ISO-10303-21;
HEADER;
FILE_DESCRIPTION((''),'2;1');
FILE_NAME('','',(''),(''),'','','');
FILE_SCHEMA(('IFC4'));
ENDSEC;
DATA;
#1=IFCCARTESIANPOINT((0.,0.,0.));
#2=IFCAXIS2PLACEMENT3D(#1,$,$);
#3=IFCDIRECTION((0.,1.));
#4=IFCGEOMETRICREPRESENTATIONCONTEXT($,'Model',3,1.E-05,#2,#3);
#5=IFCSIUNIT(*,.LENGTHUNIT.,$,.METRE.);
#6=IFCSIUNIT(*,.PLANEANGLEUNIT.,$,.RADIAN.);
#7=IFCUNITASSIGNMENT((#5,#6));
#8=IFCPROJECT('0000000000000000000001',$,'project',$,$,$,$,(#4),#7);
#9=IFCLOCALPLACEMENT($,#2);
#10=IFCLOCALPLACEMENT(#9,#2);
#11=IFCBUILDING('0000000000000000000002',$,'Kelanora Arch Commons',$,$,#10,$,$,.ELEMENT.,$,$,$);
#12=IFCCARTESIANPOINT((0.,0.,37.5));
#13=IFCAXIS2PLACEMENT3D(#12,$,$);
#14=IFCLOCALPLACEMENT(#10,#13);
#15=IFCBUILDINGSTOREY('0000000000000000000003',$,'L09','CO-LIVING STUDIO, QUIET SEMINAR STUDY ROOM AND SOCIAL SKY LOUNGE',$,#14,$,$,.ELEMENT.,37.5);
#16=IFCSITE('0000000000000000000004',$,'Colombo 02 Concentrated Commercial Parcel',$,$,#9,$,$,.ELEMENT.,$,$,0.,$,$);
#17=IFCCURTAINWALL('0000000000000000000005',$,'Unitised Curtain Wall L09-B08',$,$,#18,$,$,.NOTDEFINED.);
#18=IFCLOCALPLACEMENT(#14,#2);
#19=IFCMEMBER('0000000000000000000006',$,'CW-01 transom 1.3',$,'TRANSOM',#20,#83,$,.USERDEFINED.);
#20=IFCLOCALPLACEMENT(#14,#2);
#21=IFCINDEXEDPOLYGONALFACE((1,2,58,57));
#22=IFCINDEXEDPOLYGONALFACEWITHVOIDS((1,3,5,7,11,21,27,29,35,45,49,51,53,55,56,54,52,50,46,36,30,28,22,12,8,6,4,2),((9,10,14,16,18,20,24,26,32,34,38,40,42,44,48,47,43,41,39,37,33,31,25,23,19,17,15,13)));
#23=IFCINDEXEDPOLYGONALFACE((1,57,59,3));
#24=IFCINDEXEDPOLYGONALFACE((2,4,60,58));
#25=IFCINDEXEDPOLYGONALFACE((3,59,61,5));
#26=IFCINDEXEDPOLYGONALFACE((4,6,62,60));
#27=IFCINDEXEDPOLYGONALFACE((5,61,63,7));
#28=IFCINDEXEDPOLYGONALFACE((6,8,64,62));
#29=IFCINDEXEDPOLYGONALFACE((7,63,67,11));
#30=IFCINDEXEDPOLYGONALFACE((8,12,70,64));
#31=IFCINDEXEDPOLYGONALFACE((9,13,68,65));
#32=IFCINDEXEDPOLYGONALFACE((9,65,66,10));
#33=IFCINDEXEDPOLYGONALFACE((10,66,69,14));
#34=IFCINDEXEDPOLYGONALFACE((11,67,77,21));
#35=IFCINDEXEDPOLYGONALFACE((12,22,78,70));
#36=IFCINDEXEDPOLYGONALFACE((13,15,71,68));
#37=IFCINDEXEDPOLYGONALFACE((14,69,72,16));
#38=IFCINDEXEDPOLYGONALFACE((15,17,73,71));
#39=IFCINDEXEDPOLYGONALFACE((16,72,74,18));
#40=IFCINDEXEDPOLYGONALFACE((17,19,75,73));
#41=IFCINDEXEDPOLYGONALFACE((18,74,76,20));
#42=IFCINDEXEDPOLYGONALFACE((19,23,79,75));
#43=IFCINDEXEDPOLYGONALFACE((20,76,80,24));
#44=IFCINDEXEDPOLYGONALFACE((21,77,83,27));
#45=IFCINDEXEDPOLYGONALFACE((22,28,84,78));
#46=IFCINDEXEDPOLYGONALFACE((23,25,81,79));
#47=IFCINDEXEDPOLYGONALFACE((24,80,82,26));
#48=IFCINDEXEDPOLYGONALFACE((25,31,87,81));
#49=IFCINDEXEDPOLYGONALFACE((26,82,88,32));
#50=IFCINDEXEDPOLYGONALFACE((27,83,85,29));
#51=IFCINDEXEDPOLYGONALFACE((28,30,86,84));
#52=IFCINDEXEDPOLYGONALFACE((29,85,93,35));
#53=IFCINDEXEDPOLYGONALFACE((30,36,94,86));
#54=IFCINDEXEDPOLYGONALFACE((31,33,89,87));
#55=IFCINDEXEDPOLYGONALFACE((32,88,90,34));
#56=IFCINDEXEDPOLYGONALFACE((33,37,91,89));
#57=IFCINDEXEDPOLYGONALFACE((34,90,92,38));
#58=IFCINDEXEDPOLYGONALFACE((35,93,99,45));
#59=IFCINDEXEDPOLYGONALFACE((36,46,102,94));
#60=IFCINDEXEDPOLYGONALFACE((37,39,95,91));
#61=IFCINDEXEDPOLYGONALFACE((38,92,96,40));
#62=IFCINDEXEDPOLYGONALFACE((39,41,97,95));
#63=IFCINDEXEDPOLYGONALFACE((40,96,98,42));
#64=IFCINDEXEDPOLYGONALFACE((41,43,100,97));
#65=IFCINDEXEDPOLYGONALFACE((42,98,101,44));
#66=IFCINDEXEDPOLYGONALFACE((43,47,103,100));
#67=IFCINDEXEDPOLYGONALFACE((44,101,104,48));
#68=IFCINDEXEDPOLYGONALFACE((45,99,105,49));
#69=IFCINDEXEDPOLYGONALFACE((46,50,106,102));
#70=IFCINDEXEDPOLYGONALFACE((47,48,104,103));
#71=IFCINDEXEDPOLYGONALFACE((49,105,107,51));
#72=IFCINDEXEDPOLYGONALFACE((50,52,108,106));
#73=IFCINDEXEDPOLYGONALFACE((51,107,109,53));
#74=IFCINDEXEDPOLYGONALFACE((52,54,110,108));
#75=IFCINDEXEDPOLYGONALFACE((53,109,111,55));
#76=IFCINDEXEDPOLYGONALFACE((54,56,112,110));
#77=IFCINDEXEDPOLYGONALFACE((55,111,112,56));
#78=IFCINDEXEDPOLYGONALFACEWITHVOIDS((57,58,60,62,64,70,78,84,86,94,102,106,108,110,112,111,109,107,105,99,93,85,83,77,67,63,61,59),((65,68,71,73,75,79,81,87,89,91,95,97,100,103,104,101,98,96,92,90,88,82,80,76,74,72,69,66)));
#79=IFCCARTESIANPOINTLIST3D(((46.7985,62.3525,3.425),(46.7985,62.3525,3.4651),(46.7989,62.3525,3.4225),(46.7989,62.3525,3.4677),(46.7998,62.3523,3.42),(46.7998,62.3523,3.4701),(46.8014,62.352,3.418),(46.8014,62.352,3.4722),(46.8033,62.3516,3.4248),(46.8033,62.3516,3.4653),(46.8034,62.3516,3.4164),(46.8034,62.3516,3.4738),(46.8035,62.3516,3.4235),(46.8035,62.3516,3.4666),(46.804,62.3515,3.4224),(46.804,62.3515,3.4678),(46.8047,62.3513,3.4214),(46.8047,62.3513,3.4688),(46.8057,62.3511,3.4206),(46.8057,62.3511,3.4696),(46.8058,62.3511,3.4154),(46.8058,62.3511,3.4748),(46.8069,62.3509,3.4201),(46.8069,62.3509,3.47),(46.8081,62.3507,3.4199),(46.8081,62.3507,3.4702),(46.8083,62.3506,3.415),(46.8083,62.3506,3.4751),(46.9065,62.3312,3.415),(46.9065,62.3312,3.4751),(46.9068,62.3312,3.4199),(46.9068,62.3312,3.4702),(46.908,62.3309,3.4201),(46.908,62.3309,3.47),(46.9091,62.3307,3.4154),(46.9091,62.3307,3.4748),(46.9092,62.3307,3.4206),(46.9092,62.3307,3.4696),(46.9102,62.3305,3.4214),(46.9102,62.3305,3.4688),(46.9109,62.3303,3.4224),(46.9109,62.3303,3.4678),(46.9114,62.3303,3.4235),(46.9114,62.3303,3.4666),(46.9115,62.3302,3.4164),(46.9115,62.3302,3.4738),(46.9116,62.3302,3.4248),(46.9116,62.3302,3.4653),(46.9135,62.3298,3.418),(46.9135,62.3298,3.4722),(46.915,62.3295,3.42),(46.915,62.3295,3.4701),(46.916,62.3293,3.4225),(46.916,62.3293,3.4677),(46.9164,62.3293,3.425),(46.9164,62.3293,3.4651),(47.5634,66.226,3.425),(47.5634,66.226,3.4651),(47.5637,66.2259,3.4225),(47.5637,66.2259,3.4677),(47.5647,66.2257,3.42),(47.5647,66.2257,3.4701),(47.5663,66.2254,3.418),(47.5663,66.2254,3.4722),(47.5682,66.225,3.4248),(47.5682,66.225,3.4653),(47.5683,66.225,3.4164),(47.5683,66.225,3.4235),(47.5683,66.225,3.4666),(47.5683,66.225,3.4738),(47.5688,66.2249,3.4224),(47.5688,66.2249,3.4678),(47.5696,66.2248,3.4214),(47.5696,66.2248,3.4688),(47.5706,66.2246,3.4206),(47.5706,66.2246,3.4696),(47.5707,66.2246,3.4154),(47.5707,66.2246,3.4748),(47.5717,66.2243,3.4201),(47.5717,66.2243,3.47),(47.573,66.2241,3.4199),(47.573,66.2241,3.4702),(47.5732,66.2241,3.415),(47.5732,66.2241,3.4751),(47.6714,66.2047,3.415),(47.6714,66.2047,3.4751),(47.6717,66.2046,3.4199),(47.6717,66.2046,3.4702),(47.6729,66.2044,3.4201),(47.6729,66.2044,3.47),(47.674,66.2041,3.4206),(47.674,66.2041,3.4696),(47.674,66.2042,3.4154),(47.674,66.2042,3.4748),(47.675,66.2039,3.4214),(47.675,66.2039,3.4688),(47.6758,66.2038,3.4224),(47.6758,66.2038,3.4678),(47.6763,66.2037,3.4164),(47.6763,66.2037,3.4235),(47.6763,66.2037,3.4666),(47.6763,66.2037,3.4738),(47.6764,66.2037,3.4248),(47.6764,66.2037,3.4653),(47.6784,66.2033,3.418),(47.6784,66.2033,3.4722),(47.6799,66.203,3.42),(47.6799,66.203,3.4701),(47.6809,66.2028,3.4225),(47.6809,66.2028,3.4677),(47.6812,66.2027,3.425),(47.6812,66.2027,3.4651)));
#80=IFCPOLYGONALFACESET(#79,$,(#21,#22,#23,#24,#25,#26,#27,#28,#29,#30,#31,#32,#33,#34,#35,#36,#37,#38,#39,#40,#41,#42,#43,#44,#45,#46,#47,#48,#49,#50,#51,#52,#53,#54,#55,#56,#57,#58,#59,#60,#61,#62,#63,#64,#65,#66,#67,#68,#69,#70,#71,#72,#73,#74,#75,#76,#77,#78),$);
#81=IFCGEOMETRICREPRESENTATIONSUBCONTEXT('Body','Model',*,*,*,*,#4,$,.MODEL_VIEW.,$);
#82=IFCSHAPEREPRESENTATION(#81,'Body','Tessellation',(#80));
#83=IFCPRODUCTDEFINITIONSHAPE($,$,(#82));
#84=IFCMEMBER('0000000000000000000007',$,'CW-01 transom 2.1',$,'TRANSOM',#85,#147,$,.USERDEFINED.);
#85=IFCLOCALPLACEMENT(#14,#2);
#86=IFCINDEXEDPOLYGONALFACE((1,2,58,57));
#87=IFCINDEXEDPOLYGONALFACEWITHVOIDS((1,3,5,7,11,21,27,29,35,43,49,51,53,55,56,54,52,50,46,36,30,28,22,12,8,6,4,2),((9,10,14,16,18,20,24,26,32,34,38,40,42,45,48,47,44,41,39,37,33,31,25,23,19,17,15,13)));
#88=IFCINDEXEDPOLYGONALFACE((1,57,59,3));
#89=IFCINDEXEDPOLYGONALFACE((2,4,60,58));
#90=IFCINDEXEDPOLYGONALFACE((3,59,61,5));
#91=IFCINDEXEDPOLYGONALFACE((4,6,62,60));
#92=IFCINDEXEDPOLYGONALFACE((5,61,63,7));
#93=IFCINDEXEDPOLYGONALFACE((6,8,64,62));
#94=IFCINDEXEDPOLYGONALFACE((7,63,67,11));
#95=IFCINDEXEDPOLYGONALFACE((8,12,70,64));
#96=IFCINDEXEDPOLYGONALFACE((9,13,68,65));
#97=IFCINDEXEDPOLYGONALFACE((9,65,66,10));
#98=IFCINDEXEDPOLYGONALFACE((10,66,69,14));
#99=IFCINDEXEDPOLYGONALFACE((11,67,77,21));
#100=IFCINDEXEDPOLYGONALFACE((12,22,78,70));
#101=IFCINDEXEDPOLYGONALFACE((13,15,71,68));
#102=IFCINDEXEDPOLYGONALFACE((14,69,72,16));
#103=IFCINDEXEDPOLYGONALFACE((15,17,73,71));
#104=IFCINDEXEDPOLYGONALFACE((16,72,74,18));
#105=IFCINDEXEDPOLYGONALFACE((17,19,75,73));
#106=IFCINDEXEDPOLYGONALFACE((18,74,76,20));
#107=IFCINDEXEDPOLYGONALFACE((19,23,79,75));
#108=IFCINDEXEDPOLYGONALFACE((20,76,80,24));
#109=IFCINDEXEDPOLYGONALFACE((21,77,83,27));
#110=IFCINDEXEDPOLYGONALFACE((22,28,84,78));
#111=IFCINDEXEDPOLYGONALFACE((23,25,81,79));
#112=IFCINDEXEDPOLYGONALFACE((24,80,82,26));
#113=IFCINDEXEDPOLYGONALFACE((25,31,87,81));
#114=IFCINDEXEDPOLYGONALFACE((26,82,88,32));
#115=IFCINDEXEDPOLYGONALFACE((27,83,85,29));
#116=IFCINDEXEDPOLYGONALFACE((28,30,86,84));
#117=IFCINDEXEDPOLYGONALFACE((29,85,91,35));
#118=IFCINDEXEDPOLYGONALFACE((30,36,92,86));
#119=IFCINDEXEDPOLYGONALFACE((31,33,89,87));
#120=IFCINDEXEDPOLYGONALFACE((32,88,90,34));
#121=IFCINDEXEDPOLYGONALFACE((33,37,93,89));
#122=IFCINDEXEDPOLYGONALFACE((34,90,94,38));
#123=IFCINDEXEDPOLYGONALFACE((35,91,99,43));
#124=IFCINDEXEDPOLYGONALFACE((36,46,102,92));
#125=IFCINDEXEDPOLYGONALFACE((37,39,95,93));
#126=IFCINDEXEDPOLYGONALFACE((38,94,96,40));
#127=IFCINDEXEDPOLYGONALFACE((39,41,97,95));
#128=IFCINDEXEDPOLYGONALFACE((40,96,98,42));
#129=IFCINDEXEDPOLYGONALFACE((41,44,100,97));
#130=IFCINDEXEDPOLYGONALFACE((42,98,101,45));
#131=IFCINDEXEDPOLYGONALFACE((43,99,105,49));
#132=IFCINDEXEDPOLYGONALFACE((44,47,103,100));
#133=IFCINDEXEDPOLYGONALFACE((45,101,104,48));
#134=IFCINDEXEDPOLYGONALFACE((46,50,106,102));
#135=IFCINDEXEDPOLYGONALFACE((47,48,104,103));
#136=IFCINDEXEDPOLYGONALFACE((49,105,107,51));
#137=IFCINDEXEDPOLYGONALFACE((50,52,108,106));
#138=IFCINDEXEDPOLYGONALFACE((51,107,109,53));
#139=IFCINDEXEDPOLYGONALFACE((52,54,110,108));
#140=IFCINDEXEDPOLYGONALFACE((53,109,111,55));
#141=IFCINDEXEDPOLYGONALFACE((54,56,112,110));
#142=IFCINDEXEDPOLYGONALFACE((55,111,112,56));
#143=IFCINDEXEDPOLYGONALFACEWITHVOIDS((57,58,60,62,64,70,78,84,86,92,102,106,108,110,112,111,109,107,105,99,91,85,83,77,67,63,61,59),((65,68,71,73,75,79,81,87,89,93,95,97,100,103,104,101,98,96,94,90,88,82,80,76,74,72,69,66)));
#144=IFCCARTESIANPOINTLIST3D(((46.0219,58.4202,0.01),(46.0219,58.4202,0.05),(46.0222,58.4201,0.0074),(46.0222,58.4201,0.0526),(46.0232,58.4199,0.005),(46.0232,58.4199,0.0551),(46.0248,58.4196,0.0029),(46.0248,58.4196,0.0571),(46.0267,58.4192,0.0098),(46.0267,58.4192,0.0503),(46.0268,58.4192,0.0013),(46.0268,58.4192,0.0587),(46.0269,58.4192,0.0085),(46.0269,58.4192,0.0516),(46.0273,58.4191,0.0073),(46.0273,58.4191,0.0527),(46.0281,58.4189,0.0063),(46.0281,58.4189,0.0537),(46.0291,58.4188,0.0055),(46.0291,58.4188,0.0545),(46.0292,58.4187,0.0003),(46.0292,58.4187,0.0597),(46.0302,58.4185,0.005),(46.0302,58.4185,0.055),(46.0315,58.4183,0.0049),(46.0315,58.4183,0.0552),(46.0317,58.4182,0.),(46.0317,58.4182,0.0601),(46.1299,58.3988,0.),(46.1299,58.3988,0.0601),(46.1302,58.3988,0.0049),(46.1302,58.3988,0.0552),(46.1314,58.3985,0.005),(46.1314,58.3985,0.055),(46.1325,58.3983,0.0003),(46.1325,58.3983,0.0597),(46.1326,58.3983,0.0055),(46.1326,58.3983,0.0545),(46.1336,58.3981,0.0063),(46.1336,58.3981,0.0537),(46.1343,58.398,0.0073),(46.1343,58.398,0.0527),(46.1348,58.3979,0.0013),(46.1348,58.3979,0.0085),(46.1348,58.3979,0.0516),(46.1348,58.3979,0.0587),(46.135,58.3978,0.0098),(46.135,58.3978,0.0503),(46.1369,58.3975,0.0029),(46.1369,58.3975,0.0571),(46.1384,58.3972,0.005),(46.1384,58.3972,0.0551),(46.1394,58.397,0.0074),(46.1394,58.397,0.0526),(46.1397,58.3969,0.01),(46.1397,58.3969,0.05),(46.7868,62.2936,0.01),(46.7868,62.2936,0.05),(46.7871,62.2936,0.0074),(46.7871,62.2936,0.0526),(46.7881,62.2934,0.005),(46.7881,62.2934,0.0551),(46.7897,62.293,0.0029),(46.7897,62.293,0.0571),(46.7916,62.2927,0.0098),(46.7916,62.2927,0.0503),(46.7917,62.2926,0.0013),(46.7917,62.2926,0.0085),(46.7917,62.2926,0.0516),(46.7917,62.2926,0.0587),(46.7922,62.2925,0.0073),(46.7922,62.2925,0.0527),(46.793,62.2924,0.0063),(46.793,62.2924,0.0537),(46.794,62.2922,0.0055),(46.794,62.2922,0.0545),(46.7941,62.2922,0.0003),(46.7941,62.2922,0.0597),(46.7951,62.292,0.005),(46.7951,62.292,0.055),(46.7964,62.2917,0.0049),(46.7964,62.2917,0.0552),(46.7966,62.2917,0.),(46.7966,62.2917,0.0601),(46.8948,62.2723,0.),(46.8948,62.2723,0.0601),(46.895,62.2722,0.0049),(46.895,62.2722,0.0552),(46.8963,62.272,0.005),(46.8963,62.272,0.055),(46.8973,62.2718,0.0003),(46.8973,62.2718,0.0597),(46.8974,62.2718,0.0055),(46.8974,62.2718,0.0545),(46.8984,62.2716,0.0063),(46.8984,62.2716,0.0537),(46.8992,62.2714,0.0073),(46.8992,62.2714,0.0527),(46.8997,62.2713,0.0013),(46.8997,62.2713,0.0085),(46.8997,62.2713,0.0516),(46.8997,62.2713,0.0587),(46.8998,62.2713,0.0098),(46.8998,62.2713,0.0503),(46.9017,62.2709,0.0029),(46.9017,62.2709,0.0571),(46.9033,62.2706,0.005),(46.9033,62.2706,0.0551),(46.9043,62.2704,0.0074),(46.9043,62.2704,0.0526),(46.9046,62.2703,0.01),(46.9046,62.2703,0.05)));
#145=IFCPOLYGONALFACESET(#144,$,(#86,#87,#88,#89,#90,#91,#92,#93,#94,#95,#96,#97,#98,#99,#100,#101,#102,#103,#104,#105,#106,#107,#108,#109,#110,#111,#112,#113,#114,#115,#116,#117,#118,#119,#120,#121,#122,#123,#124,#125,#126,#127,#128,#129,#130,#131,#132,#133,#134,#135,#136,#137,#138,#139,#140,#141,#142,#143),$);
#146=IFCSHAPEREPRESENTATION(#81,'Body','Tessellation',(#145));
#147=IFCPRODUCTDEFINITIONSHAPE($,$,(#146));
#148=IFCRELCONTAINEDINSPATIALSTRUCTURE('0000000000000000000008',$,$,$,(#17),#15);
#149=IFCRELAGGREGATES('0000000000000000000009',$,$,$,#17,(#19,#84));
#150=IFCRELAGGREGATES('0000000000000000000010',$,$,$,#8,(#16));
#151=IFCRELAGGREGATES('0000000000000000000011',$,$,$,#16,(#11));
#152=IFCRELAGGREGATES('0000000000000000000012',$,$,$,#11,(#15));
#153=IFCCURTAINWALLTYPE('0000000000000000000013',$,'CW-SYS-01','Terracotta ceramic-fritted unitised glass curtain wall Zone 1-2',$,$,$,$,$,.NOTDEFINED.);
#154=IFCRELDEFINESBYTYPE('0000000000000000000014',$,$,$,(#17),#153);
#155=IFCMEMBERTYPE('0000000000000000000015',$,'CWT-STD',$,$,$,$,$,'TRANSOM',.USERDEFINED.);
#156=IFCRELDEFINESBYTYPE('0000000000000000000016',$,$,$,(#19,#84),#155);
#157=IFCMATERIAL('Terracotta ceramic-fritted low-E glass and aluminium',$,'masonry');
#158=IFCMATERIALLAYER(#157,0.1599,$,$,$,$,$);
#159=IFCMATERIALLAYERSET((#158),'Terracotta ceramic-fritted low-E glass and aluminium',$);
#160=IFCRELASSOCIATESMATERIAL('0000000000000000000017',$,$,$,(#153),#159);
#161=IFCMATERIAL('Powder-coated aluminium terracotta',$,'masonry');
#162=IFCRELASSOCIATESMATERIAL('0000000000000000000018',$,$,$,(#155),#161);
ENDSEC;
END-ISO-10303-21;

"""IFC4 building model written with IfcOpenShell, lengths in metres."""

from ifc_helpers import new_model, si_unit, direction, frame, origin, origin_2d, place, context, subcontext, project, spatial, hollow_rectangle, extrude, material, layer, layer_set, material_profile, profile_set, type_object, element, aggregate, save


model = new_model("IFC4")

# Units and contexts
model_context = context("Model", 3, precision=1e-05, world=origin(), true_north=direction((0.0, 1.0)))
body_context = subcontext(model_context, "Body", "Model", "MODEL_VIEW")
ifc_project = project(units=[si_unit("LENGTHUNIT", "METRE"), si_unit("PLANEANGLEUNIT", "RADIAN")], contexts=[model_context])

# Site, building, storey
site_placement = place(None, origin())
site = spatial("IfcSite", under=ifc_project, at=site_placement, Name="Colombo 02 Concentrated Commercial Parcel", CompositionType="ELEMENT", RefElevation=0.0)
building_placement = place(site_placement, origin())
building = spatial("IfcBuilding", under=site, at=building_placement, Name="Kelanora Arch Commons", CompositionType="ELEMENT")
storey_placement = place(building_placement, frame((0.0, 0.0, 37.5)))
storey = spatial("IfcBuildingStorey", under=building, at=storey_placement, Name="L09", Description="CO-LIVING STUDIO, QUIET SEMINAR STUDY ROOM AND SOCIAL SKY LOUNGE", CompositionType="ELEMENT", Elevation=37.5)

# Curtain wall, members
ifc_material_1 = material(Name="Terracotta ceramic-fritted low-E glass and aluminium", Category="masonry")
ifc_layer_1 = layer(ifc_material_1, 0.1599)
ifc_layer_set_1 = layer_set([ifc_layer_1], Name="Terracotta ceramic-fritted low-E glass and aluminium")
curtain_wall_type = type_object("IfcCurtainWallType", Name="CW-SYS-01", Description="Terracotta ceramic-fritted unitised glass curtain wall Zone 1-2", PredefinedType="NOTDEFINED", material=ifc_layer_set_1)
curtain_wall_placement = place(storey_placement, origin())
curtain_wall = element("IfcCurtainWall", 1, at=curtain_wall_placement, inside=storey, type_object=curtain_wall_type, Name="Unitised Curtain Wall L09-B08", PredefinedType="NOTDEFINED")
ifc_material_2 = material(Name="Powder-coated aluminium terracotta", Category="masonry")
ifc_material_profile_1 = material_profile(ifc_material_2, hollow_rectangle(XDim=0.1201, YDim=0.0601, WallThickness=0.0049, InnerFilletRadius=0.0049, OuterFilletRadius=0.01, at=origin_2d()), Name="CWT120x60")
ifc_profile_set_1 = profile_set([ifc_material_profile_1], Name="Powder-coated aluminium terracotta")
member_type_1 = type_object("IfcMemberType", Name="CWT-STD", ElementType="TRANSOM", PredefinedType="USERDEFINED", material=ifc_profile_set_1)
member_1_placement = place(storey_placement, frame((47.6223, 66.2144, 3.4451), z_axis=(-0.193725, -0.981056, 0.0), x_axis=(0.981056, -0.193725, 0.0)))
member_1 = element("IfcMember", 2, at=member_1_placement, type_object=member_type_1, Name="CW-01 transom 1.3", ObjectType="TRANSOM", PredefinedType="USERDEFINED", context=body_context, shape_type="SweptSolid", body=[
    extrude(hollow_rectangle(XDim=0.1201, YDim=0.0601, WallThickness=0.0049, InnerFilletRadius=0.0049, OuterFilletRadius=0.01, at=origin_2d()), origin(), (0.0, 0.0, 1.0), 3.9482),
])
member_2_placement = place(storey_placement, frame((46.8457, 62.282, 0.03), z_axis=(-0.193725, -0.981056, 0.0), x_axis=(0.981056, -0.193725, 0.0)))
member_2 = element("IfcMember", 3, at=member_2_placement, type_object=member_type_1, Name="CW-01 transom 2.1", ObjectType="TRANSOM", PredefinedType="USERDEFINED", context=body_context, shape_type="SweptSolid", body=[
    extrude(hollow_rectangle(XDim=0.1201, YDim=0.0601, WallThickness=0.0049, InnerFilletRadius=0.0049, OuterFilletRadius=0.01, at=origin_2d()), origin(), (0.0, 0.0, 1.0), 3.9482),
])
aggregate(curtain_wall, [member_1, member_2])

save(model, "model.ifc")
